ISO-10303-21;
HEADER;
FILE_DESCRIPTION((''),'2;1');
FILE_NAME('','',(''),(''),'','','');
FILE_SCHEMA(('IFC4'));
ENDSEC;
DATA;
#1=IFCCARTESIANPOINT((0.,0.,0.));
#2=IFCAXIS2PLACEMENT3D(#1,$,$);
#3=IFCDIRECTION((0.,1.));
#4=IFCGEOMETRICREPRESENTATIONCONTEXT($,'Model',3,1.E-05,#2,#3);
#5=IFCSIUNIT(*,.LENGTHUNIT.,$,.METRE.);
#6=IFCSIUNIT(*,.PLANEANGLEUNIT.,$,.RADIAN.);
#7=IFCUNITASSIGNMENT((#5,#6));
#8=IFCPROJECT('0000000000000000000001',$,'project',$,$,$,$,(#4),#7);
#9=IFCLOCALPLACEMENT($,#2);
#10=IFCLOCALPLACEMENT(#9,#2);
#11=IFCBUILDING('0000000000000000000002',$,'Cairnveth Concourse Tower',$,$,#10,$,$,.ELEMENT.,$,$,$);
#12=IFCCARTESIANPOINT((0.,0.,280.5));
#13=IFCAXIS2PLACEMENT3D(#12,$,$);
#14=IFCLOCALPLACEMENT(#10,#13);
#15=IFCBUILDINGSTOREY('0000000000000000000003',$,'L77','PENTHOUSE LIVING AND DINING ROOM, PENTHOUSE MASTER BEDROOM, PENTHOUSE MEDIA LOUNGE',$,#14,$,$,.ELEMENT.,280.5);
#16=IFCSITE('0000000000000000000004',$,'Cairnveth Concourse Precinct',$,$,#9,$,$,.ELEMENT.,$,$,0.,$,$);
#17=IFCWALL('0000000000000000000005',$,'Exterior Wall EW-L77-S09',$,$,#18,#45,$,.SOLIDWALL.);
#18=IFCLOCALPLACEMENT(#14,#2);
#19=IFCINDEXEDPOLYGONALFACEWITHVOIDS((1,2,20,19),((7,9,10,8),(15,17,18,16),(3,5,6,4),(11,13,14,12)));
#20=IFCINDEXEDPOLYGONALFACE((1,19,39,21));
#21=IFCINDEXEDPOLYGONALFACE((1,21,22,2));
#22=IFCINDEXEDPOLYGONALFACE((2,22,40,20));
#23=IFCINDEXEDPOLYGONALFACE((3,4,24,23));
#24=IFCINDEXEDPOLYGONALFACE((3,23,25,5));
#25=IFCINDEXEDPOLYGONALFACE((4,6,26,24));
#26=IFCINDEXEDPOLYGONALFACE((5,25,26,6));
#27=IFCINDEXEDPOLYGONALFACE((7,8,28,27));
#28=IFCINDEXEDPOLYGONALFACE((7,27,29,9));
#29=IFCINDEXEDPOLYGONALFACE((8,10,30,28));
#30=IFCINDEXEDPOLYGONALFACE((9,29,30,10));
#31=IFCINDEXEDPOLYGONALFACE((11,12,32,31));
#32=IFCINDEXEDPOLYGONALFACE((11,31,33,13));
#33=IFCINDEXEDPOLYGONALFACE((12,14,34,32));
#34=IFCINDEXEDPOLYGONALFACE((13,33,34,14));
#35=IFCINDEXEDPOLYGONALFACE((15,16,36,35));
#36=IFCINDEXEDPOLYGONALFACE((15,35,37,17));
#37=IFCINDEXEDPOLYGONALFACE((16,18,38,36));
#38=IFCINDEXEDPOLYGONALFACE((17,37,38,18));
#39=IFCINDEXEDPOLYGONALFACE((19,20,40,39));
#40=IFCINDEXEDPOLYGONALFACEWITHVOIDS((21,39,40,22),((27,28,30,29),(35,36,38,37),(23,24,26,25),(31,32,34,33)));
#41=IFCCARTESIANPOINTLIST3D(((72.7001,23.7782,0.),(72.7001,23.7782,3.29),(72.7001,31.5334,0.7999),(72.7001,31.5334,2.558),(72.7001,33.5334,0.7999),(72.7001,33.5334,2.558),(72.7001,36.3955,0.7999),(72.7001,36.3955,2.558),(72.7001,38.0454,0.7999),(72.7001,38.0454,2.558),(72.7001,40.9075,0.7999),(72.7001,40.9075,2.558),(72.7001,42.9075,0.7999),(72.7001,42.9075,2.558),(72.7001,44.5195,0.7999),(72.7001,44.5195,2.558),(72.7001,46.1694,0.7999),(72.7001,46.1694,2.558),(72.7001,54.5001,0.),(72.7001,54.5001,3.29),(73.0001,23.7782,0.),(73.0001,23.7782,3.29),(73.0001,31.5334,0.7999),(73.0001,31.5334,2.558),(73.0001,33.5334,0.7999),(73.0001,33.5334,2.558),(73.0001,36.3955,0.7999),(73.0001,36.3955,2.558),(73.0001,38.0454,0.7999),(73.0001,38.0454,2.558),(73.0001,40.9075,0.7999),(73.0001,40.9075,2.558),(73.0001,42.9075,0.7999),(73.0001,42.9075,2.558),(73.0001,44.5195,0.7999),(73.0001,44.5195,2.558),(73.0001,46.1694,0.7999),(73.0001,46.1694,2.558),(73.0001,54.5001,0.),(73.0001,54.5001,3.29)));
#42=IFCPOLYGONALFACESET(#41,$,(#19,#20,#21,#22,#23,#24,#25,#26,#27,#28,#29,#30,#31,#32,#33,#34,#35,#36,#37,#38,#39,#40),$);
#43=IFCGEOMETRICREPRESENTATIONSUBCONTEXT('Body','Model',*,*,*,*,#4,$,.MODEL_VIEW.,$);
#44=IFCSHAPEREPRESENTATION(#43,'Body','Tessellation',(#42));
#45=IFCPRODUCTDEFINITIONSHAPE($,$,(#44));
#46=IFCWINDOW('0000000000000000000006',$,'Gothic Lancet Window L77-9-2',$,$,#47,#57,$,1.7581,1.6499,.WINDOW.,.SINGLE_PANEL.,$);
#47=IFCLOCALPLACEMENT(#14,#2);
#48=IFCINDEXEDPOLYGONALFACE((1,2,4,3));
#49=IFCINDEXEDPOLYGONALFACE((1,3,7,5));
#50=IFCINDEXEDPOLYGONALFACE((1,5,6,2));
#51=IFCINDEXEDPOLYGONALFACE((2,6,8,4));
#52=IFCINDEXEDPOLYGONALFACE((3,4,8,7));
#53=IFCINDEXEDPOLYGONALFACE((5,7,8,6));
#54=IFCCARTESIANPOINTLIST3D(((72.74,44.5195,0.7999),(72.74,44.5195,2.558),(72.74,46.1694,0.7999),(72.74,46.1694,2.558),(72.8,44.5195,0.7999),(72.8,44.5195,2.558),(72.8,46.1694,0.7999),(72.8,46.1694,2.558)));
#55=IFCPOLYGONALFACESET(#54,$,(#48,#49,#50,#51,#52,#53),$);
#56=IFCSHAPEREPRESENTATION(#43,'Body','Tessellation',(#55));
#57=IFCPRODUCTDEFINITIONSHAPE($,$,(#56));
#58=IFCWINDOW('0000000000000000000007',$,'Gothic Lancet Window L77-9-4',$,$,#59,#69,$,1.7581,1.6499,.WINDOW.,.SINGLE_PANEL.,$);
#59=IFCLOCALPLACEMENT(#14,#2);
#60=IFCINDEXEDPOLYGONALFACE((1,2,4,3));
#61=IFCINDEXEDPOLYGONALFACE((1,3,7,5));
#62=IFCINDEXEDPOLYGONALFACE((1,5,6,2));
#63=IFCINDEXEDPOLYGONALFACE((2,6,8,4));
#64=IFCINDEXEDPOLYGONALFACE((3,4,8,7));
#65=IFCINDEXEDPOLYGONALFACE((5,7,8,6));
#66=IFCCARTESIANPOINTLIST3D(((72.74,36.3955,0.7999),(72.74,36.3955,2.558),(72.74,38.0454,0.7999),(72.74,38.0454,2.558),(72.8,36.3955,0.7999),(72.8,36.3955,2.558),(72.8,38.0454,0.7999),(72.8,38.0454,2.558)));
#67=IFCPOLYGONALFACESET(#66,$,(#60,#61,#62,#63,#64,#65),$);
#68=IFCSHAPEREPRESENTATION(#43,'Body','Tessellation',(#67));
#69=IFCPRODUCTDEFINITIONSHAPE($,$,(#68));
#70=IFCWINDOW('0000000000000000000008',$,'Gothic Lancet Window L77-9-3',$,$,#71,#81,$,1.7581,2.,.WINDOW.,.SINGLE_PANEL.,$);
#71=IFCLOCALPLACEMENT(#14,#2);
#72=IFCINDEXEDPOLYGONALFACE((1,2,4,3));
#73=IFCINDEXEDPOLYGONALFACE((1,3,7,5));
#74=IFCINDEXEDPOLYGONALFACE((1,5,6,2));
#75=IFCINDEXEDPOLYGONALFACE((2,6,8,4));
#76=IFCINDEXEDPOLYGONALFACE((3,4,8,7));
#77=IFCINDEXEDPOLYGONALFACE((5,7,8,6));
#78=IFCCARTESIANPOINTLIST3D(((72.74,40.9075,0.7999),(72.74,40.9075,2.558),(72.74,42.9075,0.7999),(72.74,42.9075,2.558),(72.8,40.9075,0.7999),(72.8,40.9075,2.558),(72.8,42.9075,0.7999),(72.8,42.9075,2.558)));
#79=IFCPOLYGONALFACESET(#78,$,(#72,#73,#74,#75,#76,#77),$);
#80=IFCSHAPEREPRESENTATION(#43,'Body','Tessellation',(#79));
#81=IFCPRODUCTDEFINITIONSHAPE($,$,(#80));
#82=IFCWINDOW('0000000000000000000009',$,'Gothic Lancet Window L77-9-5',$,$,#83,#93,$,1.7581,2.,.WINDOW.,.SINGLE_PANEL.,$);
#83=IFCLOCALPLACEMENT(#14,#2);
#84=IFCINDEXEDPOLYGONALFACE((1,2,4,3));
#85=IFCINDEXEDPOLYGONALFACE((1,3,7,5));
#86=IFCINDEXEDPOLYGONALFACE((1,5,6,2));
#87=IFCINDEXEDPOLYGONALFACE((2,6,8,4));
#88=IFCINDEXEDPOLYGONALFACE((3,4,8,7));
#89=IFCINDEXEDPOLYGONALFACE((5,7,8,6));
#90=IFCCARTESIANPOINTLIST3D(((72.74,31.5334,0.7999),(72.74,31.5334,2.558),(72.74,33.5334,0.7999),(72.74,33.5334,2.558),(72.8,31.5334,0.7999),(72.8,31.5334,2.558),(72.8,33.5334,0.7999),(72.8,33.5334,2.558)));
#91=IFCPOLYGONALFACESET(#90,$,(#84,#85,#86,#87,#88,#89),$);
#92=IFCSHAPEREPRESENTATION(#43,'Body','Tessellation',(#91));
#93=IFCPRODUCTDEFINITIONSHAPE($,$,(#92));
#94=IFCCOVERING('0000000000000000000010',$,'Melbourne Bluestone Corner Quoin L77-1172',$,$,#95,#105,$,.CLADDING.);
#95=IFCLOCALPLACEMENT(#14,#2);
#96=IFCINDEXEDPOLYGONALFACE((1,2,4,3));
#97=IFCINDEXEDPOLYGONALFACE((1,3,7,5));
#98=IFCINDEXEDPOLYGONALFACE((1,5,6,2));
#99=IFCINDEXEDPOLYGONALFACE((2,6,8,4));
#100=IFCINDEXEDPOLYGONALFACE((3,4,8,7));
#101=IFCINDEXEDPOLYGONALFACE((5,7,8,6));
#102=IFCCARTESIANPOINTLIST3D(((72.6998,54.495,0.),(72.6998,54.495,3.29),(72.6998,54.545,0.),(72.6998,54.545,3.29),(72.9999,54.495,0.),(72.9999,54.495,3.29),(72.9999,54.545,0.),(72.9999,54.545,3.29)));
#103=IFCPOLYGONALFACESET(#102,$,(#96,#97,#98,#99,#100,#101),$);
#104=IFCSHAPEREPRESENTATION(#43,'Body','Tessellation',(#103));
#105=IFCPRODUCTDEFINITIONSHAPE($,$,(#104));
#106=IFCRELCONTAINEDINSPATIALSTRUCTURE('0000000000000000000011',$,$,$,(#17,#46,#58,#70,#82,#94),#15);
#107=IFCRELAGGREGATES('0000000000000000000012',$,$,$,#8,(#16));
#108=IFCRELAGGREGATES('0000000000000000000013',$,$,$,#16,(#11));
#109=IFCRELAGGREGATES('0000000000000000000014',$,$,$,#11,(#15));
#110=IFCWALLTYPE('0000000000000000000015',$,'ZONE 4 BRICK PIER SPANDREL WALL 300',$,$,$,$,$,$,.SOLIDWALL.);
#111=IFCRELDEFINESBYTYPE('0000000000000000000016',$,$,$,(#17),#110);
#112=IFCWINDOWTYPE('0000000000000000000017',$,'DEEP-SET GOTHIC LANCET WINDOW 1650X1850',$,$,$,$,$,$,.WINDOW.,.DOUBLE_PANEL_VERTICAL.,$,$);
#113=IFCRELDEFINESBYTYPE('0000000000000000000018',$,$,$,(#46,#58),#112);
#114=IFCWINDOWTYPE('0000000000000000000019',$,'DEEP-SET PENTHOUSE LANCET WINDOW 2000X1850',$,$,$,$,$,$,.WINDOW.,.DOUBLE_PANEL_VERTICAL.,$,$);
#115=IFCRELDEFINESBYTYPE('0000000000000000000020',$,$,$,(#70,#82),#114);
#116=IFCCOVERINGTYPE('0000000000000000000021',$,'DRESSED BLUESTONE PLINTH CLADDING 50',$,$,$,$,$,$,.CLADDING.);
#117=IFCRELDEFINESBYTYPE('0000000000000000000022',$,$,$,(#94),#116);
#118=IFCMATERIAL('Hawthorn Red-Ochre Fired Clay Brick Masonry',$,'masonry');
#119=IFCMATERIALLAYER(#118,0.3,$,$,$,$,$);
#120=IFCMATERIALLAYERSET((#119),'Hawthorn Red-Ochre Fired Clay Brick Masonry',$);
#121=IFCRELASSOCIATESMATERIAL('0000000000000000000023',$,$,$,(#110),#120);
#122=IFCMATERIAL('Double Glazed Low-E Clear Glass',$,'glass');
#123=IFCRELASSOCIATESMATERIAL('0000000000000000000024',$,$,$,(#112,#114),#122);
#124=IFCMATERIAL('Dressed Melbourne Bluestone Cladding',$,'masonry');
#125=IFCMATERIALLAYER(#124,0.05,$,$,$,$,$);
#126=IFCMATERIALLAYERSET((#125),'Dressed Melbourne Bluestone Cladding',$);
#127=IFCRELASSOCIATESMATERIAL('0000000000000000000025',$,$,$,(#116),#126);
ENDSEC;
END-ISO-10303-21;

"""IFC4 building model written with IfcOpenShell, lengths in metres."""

from ifc_helpers import new_model, si_unit, direction, frame, frame_2d, origin, place, context, subcontext, project, spatial, rectangle, extrude, material, layer, layer_set, type_object, element, fill, save


model = new_model("IFC4")

# Units and contexts
model_context = context("Model", 3, precision=1e-05, world=origin(), true_north=direction((0.0, 1.0)))
body_context = subcontext(model_context, "Body", "Model", "MODEL_VIEW")
ifc_project = project(units=[si_unit("LENGTHUNIT", "METRE"), si_unit("PLANEANGLEUNIT", "RADIAN")], contexts=[model_context])

# Site, building, storey
site_placement = place(None, origin())
site = spatial("IfcSite", under=ifc_project, at=site_placement, Name="Cairnveth Concourse Precinct", CompositionType="ELEMENT", RefElevation=0.0)
building_placement = place(site_placement, origin())
building = spatial("IfcBuilding", under=site, at=building_placement, Name="Cairnveth Concourse Tower", CompositionType="ELEMENT")
storey_placement = place(building_placement, frame((0.0, 0.0, 280.5)))
storey = spatial("IfcBuildingStorey", under=building, at=storey_placement, Name="L77", Description="PENTHOUSE LIVING AND DINING ROOM, PENTHOUSE MASTER BEDROOM, PENTHOUSE MEDIA LOUNGE", CompositionType="ELEMENT", Elevation=280.5)

# Shared definitions
ifc_material_1 = material(Name="Hawthorn Red-Ochre Fired Clay Brick Masonry", Category="masonry")

# Shared definitions
ifc_layer_1 = layer(ifc_material_1, 0.3)
ifc_layer_set_1 = layer_set([ifc_layer_1], Name="Hawthorn Red-Ochre Fired Clay Brick Masonry")
wall_type_1 = type_object("IfcWallType", Name="ZONE 4 BRICK PIER SPANDREL WALL 300", PredefinedType="SOLIDWALL", material=ifc_layer_set_1)
ifc_material_2 = material(Name="Double Glazed Low-E Clear Glass", Category="glass")

# Wall, openings, windows
wall_1_placement = place(storey_placement, frame((72.8501, 54.5, 0.0), z_axis=(0.0, 0.0, 1.0), x_axis=(0.0, -1.0, 0.0)))
wall_1 = element("IfcWall", 1, at=wall_1_placement, inside=storey, type_object=wall_type_1, Name="Exterior Wall EW-L77-S09", PredefinedType="SOLIDWALL", context=body_context, shape_type="SweptSolid", body=[
    extrude(rectangle(XDim=30.7219, YDim=0.3, at=frame_2d((15.3608, 0.0))), origin(), (0.0, 0.0, 1.0), 3.29),
])
opening_1_placement = place(wall_1_placement, frame((8.3306, 0.0, 0.8)))
opening_1 = element("IfcOpeningElement", 2, at=opening_1_placement, cuts=wall_1, PredefinedType="OPENING", context=body_context, shape_type="SweptSolid", body=[
    extrude(rectangle(XDim=1.6499, YDim=1.7581, at=frame_2d((0.825, 0.8789))), frame((0.0, 0.1599, 0.0), z_axis=(0.0, -1.0, 0.0), x_axis=(1.0, 0.0, 0.0)), (0.0, 0.0, 1.0), 0.3201),
])
opening_2_placement = place(wall_1_placement, frame((11.5925, 0.0, 0.8)))
opening_2 = element("IfcOpeningElement", 3, at=opening_2_placement, cuts=wall_1, PredefinedType="OPENING", context=body_context, shape_type="SweptSolid", body=[
    extrude(rectangle(XDim=2.0, YDim=1.7581, at=frame_2d((1.0, 0.8789))), frame((0.0, 0.1599, 0.0), z_axis=(0.0, -1.0, 0.0), x_axis=(1.0, 0.0, 0.0)), (0.0, 0.0, 1.0), 0.3201),
])
opening_3_placement = place(wall_1_placement, frame((16.4546, 0.0, 0.8)))
opening_3 = element("IfcOpeningElement", 4, at=opening_3_placement, cuts=wall_1, PredefinedType="OPENING", context=body_context, shape_type="SweptSolid", body=[
    extrude(rectangle(XDim=1.6499, YDim=1.7581, at=frame_2d((0.825, 0.8789))), frame((0.0, 0.1599, 0.0), z_axis=(0.0, -1.0, 0.0), x_axis=(1.0, 0.0, 0.0)), (0.0, 0.0, 1.0), 0.3201),
])
opening_4_placement = place(wall_1_placement, frame((20.9666, 0.0, 0.8)))
opening_4 = element("IfcOpeningElement", 5, at=opening_4_placement, cuts=wall_1, PredefinedType="OPENING", context=body_context, shape_type="SweptSolid", body=[
    extrude(rectangle(XDim=2.0, YDim=1.7581, at=frame_2d((1.0, 0.8789))), frame((0.0, 0.1599, 0.0), z_axis=(0.0, -1.0, 0.0), x_axis=(1.0, 0.0, 0.0)), (0.0, 0.0, 1.0), 0.3201),
])
window_type_1 = type_object("IfcWindowType", Name="DEEP-SET GOTHIC LANCET WINDOW 1650X1850", PartitioningType="DOUBLE_PANEL_VERTICAL", PredefinedType="WINDOW", material=ifc_material_2)
window_1_placement = place(opening_1_placement, origin())
window_1 = element("IfcWindow", 6, at=window_1_placement, inside=storey, type_object=window_type_1, Name="Gothic Lancet Window L77-9-2", OverallHeight=1.7581, OverallWidth=1.6499, PartitioningType="SINGLE_PANEL", PredefinedType="WINDOW", context=body_context, shape_type="SweptSolid", body=[
    extrude(rectangle(XDim=1.6499, YDim=1.7581, at=frame_2d((0.825, 0.8789))), frame((0.0, -0.05, 0.0), z_axis=(0.0, -1.0, 0.0), x_axis=(1.0, 0.0, 0.0)), (0.0, 0.0, 1.0), 0.0601),
])
fill(opening_1, window_1)
window_2_placement = place(opening_3_placement, origin())
window_2 = element("IfcWindow", 7, at=window_2_placement, inside=storey, type_object=window_type_1, Name="Gothic Lancet Window L77-9-4", OverallHeight=1.7581, OverallWidth=1.6499, PartitioningType="SINGLE_PANEL", PredefinedType="WINDOW", context=body_context, shape_type="SweptSolid", body=[
    extrude(rectangle(XDim=1.6499, YDim=1.7581, at=frame_2d((0.825, 0.8789))), frame((0.0, -0.05, 0.0), z_axis=(0.0, -1.0, 0.0), x_axis=(1.0, 0.0, 0.0)), (0.0, 0.0, 1.0), 0.0601),
])
fill(opening_3, window_2)
window_type_2 = type_object("IfcWindowType", Name="DEEP-SET PENTHOUSE LANCET WINDOW 2000X1850", PartitioningType="DOUBLE_PANEL_VERTICAL", PredefinedType="WINDOW", material=ifc_material_2)
window_3_placement = place(opening_2_placement, origin())
window_3 = element("IfcWindow", 8, at=window_3_placement, inside=storey, type_object=window_type_2, Name="Gothic Lancet Window L77-9-3", OverallHeight=1.7581, OverallWidth=2.0, PartitioningType="SINGLE_PANEL", PredefinedType="WINDOW", context=body_context, shape_type="SweptSolid", body=[
    extrude(rectangle(XDim=2.0, YDim=1.7581, at=frame_2d((1.0, 0.8789))), frame((0.0, -0.05, 0.0), z_axis=(0.0, -1.0, 0.0), x_axis=(1.0, 0.0, 0.0)), (0.0, 0.0, 1.0), 0.0601),
])
fill(opening_2, window_3)
window_4_placement = place(opening_4_placement, origin())
window_4 = element("IfcWindow", 9, at=window_4_placement, inside=storey, type_object=window_type_2, Name="Gothic Lancet Window L77-9-5", OverallHeight=1.7581, OverallWidth=2.0, PartitioningType="SINGLE_PANEL", PredefinedType="WINDOW", context=body_context, shape_type="SweptSolid", body=[
    extrude(rectangle(XDim=2.0, YDim=1.7581, at=frame_2d((1.0, 0.8789))), frame((0.0, -0.05, 0.0), z_axis=(0.0, -1.0, 0.0), x_axis=(1.0, 0.0, 0.0)), (0.0, 0.0, 1.0), 0.0601),
])
fill(opening_4, window_4)

# Covering
ifc_material_3 = material(Name="Dressed Melbourne Bluestone Cladding", Category="masonry")
ifc_layer_2 = layer(ifc_material_3, 0.05)
ifc_layer_set_2 = layer_set([ifc_layer_2], Name="Dressed Melbourne Bluestone Cladding")
covering_type = type_object("IfcCoveringType", Name="DRESSED BLUESTONE PLINTH CLADDING 50", PredefinedType="CLADDING", material=ifc_layer_set_2)
covering_placement = place(storey_placement, frame((72.7, 54.52, 0.0), z_axis=(0.0, 0.0, 1.0), x_axis=(1.0, 0.0, 0.0)))
element("IfcCovering", 10, at=covering_placement, inside=storey, type_object=covering_type, Name="Melbourne Bluestone Corner Quoin L77-1172", PredefinedType="CLADDING", context=body_context, shape_type="SweptSolid", body=[
    extrude(rectangle(XDim=0.3, YDim=0.05, at=frame_2d((0.1499, 0.0))), origin(), (0.0, 0.0, 1.0), 3.29),
])

save(model, "model.ifc")
